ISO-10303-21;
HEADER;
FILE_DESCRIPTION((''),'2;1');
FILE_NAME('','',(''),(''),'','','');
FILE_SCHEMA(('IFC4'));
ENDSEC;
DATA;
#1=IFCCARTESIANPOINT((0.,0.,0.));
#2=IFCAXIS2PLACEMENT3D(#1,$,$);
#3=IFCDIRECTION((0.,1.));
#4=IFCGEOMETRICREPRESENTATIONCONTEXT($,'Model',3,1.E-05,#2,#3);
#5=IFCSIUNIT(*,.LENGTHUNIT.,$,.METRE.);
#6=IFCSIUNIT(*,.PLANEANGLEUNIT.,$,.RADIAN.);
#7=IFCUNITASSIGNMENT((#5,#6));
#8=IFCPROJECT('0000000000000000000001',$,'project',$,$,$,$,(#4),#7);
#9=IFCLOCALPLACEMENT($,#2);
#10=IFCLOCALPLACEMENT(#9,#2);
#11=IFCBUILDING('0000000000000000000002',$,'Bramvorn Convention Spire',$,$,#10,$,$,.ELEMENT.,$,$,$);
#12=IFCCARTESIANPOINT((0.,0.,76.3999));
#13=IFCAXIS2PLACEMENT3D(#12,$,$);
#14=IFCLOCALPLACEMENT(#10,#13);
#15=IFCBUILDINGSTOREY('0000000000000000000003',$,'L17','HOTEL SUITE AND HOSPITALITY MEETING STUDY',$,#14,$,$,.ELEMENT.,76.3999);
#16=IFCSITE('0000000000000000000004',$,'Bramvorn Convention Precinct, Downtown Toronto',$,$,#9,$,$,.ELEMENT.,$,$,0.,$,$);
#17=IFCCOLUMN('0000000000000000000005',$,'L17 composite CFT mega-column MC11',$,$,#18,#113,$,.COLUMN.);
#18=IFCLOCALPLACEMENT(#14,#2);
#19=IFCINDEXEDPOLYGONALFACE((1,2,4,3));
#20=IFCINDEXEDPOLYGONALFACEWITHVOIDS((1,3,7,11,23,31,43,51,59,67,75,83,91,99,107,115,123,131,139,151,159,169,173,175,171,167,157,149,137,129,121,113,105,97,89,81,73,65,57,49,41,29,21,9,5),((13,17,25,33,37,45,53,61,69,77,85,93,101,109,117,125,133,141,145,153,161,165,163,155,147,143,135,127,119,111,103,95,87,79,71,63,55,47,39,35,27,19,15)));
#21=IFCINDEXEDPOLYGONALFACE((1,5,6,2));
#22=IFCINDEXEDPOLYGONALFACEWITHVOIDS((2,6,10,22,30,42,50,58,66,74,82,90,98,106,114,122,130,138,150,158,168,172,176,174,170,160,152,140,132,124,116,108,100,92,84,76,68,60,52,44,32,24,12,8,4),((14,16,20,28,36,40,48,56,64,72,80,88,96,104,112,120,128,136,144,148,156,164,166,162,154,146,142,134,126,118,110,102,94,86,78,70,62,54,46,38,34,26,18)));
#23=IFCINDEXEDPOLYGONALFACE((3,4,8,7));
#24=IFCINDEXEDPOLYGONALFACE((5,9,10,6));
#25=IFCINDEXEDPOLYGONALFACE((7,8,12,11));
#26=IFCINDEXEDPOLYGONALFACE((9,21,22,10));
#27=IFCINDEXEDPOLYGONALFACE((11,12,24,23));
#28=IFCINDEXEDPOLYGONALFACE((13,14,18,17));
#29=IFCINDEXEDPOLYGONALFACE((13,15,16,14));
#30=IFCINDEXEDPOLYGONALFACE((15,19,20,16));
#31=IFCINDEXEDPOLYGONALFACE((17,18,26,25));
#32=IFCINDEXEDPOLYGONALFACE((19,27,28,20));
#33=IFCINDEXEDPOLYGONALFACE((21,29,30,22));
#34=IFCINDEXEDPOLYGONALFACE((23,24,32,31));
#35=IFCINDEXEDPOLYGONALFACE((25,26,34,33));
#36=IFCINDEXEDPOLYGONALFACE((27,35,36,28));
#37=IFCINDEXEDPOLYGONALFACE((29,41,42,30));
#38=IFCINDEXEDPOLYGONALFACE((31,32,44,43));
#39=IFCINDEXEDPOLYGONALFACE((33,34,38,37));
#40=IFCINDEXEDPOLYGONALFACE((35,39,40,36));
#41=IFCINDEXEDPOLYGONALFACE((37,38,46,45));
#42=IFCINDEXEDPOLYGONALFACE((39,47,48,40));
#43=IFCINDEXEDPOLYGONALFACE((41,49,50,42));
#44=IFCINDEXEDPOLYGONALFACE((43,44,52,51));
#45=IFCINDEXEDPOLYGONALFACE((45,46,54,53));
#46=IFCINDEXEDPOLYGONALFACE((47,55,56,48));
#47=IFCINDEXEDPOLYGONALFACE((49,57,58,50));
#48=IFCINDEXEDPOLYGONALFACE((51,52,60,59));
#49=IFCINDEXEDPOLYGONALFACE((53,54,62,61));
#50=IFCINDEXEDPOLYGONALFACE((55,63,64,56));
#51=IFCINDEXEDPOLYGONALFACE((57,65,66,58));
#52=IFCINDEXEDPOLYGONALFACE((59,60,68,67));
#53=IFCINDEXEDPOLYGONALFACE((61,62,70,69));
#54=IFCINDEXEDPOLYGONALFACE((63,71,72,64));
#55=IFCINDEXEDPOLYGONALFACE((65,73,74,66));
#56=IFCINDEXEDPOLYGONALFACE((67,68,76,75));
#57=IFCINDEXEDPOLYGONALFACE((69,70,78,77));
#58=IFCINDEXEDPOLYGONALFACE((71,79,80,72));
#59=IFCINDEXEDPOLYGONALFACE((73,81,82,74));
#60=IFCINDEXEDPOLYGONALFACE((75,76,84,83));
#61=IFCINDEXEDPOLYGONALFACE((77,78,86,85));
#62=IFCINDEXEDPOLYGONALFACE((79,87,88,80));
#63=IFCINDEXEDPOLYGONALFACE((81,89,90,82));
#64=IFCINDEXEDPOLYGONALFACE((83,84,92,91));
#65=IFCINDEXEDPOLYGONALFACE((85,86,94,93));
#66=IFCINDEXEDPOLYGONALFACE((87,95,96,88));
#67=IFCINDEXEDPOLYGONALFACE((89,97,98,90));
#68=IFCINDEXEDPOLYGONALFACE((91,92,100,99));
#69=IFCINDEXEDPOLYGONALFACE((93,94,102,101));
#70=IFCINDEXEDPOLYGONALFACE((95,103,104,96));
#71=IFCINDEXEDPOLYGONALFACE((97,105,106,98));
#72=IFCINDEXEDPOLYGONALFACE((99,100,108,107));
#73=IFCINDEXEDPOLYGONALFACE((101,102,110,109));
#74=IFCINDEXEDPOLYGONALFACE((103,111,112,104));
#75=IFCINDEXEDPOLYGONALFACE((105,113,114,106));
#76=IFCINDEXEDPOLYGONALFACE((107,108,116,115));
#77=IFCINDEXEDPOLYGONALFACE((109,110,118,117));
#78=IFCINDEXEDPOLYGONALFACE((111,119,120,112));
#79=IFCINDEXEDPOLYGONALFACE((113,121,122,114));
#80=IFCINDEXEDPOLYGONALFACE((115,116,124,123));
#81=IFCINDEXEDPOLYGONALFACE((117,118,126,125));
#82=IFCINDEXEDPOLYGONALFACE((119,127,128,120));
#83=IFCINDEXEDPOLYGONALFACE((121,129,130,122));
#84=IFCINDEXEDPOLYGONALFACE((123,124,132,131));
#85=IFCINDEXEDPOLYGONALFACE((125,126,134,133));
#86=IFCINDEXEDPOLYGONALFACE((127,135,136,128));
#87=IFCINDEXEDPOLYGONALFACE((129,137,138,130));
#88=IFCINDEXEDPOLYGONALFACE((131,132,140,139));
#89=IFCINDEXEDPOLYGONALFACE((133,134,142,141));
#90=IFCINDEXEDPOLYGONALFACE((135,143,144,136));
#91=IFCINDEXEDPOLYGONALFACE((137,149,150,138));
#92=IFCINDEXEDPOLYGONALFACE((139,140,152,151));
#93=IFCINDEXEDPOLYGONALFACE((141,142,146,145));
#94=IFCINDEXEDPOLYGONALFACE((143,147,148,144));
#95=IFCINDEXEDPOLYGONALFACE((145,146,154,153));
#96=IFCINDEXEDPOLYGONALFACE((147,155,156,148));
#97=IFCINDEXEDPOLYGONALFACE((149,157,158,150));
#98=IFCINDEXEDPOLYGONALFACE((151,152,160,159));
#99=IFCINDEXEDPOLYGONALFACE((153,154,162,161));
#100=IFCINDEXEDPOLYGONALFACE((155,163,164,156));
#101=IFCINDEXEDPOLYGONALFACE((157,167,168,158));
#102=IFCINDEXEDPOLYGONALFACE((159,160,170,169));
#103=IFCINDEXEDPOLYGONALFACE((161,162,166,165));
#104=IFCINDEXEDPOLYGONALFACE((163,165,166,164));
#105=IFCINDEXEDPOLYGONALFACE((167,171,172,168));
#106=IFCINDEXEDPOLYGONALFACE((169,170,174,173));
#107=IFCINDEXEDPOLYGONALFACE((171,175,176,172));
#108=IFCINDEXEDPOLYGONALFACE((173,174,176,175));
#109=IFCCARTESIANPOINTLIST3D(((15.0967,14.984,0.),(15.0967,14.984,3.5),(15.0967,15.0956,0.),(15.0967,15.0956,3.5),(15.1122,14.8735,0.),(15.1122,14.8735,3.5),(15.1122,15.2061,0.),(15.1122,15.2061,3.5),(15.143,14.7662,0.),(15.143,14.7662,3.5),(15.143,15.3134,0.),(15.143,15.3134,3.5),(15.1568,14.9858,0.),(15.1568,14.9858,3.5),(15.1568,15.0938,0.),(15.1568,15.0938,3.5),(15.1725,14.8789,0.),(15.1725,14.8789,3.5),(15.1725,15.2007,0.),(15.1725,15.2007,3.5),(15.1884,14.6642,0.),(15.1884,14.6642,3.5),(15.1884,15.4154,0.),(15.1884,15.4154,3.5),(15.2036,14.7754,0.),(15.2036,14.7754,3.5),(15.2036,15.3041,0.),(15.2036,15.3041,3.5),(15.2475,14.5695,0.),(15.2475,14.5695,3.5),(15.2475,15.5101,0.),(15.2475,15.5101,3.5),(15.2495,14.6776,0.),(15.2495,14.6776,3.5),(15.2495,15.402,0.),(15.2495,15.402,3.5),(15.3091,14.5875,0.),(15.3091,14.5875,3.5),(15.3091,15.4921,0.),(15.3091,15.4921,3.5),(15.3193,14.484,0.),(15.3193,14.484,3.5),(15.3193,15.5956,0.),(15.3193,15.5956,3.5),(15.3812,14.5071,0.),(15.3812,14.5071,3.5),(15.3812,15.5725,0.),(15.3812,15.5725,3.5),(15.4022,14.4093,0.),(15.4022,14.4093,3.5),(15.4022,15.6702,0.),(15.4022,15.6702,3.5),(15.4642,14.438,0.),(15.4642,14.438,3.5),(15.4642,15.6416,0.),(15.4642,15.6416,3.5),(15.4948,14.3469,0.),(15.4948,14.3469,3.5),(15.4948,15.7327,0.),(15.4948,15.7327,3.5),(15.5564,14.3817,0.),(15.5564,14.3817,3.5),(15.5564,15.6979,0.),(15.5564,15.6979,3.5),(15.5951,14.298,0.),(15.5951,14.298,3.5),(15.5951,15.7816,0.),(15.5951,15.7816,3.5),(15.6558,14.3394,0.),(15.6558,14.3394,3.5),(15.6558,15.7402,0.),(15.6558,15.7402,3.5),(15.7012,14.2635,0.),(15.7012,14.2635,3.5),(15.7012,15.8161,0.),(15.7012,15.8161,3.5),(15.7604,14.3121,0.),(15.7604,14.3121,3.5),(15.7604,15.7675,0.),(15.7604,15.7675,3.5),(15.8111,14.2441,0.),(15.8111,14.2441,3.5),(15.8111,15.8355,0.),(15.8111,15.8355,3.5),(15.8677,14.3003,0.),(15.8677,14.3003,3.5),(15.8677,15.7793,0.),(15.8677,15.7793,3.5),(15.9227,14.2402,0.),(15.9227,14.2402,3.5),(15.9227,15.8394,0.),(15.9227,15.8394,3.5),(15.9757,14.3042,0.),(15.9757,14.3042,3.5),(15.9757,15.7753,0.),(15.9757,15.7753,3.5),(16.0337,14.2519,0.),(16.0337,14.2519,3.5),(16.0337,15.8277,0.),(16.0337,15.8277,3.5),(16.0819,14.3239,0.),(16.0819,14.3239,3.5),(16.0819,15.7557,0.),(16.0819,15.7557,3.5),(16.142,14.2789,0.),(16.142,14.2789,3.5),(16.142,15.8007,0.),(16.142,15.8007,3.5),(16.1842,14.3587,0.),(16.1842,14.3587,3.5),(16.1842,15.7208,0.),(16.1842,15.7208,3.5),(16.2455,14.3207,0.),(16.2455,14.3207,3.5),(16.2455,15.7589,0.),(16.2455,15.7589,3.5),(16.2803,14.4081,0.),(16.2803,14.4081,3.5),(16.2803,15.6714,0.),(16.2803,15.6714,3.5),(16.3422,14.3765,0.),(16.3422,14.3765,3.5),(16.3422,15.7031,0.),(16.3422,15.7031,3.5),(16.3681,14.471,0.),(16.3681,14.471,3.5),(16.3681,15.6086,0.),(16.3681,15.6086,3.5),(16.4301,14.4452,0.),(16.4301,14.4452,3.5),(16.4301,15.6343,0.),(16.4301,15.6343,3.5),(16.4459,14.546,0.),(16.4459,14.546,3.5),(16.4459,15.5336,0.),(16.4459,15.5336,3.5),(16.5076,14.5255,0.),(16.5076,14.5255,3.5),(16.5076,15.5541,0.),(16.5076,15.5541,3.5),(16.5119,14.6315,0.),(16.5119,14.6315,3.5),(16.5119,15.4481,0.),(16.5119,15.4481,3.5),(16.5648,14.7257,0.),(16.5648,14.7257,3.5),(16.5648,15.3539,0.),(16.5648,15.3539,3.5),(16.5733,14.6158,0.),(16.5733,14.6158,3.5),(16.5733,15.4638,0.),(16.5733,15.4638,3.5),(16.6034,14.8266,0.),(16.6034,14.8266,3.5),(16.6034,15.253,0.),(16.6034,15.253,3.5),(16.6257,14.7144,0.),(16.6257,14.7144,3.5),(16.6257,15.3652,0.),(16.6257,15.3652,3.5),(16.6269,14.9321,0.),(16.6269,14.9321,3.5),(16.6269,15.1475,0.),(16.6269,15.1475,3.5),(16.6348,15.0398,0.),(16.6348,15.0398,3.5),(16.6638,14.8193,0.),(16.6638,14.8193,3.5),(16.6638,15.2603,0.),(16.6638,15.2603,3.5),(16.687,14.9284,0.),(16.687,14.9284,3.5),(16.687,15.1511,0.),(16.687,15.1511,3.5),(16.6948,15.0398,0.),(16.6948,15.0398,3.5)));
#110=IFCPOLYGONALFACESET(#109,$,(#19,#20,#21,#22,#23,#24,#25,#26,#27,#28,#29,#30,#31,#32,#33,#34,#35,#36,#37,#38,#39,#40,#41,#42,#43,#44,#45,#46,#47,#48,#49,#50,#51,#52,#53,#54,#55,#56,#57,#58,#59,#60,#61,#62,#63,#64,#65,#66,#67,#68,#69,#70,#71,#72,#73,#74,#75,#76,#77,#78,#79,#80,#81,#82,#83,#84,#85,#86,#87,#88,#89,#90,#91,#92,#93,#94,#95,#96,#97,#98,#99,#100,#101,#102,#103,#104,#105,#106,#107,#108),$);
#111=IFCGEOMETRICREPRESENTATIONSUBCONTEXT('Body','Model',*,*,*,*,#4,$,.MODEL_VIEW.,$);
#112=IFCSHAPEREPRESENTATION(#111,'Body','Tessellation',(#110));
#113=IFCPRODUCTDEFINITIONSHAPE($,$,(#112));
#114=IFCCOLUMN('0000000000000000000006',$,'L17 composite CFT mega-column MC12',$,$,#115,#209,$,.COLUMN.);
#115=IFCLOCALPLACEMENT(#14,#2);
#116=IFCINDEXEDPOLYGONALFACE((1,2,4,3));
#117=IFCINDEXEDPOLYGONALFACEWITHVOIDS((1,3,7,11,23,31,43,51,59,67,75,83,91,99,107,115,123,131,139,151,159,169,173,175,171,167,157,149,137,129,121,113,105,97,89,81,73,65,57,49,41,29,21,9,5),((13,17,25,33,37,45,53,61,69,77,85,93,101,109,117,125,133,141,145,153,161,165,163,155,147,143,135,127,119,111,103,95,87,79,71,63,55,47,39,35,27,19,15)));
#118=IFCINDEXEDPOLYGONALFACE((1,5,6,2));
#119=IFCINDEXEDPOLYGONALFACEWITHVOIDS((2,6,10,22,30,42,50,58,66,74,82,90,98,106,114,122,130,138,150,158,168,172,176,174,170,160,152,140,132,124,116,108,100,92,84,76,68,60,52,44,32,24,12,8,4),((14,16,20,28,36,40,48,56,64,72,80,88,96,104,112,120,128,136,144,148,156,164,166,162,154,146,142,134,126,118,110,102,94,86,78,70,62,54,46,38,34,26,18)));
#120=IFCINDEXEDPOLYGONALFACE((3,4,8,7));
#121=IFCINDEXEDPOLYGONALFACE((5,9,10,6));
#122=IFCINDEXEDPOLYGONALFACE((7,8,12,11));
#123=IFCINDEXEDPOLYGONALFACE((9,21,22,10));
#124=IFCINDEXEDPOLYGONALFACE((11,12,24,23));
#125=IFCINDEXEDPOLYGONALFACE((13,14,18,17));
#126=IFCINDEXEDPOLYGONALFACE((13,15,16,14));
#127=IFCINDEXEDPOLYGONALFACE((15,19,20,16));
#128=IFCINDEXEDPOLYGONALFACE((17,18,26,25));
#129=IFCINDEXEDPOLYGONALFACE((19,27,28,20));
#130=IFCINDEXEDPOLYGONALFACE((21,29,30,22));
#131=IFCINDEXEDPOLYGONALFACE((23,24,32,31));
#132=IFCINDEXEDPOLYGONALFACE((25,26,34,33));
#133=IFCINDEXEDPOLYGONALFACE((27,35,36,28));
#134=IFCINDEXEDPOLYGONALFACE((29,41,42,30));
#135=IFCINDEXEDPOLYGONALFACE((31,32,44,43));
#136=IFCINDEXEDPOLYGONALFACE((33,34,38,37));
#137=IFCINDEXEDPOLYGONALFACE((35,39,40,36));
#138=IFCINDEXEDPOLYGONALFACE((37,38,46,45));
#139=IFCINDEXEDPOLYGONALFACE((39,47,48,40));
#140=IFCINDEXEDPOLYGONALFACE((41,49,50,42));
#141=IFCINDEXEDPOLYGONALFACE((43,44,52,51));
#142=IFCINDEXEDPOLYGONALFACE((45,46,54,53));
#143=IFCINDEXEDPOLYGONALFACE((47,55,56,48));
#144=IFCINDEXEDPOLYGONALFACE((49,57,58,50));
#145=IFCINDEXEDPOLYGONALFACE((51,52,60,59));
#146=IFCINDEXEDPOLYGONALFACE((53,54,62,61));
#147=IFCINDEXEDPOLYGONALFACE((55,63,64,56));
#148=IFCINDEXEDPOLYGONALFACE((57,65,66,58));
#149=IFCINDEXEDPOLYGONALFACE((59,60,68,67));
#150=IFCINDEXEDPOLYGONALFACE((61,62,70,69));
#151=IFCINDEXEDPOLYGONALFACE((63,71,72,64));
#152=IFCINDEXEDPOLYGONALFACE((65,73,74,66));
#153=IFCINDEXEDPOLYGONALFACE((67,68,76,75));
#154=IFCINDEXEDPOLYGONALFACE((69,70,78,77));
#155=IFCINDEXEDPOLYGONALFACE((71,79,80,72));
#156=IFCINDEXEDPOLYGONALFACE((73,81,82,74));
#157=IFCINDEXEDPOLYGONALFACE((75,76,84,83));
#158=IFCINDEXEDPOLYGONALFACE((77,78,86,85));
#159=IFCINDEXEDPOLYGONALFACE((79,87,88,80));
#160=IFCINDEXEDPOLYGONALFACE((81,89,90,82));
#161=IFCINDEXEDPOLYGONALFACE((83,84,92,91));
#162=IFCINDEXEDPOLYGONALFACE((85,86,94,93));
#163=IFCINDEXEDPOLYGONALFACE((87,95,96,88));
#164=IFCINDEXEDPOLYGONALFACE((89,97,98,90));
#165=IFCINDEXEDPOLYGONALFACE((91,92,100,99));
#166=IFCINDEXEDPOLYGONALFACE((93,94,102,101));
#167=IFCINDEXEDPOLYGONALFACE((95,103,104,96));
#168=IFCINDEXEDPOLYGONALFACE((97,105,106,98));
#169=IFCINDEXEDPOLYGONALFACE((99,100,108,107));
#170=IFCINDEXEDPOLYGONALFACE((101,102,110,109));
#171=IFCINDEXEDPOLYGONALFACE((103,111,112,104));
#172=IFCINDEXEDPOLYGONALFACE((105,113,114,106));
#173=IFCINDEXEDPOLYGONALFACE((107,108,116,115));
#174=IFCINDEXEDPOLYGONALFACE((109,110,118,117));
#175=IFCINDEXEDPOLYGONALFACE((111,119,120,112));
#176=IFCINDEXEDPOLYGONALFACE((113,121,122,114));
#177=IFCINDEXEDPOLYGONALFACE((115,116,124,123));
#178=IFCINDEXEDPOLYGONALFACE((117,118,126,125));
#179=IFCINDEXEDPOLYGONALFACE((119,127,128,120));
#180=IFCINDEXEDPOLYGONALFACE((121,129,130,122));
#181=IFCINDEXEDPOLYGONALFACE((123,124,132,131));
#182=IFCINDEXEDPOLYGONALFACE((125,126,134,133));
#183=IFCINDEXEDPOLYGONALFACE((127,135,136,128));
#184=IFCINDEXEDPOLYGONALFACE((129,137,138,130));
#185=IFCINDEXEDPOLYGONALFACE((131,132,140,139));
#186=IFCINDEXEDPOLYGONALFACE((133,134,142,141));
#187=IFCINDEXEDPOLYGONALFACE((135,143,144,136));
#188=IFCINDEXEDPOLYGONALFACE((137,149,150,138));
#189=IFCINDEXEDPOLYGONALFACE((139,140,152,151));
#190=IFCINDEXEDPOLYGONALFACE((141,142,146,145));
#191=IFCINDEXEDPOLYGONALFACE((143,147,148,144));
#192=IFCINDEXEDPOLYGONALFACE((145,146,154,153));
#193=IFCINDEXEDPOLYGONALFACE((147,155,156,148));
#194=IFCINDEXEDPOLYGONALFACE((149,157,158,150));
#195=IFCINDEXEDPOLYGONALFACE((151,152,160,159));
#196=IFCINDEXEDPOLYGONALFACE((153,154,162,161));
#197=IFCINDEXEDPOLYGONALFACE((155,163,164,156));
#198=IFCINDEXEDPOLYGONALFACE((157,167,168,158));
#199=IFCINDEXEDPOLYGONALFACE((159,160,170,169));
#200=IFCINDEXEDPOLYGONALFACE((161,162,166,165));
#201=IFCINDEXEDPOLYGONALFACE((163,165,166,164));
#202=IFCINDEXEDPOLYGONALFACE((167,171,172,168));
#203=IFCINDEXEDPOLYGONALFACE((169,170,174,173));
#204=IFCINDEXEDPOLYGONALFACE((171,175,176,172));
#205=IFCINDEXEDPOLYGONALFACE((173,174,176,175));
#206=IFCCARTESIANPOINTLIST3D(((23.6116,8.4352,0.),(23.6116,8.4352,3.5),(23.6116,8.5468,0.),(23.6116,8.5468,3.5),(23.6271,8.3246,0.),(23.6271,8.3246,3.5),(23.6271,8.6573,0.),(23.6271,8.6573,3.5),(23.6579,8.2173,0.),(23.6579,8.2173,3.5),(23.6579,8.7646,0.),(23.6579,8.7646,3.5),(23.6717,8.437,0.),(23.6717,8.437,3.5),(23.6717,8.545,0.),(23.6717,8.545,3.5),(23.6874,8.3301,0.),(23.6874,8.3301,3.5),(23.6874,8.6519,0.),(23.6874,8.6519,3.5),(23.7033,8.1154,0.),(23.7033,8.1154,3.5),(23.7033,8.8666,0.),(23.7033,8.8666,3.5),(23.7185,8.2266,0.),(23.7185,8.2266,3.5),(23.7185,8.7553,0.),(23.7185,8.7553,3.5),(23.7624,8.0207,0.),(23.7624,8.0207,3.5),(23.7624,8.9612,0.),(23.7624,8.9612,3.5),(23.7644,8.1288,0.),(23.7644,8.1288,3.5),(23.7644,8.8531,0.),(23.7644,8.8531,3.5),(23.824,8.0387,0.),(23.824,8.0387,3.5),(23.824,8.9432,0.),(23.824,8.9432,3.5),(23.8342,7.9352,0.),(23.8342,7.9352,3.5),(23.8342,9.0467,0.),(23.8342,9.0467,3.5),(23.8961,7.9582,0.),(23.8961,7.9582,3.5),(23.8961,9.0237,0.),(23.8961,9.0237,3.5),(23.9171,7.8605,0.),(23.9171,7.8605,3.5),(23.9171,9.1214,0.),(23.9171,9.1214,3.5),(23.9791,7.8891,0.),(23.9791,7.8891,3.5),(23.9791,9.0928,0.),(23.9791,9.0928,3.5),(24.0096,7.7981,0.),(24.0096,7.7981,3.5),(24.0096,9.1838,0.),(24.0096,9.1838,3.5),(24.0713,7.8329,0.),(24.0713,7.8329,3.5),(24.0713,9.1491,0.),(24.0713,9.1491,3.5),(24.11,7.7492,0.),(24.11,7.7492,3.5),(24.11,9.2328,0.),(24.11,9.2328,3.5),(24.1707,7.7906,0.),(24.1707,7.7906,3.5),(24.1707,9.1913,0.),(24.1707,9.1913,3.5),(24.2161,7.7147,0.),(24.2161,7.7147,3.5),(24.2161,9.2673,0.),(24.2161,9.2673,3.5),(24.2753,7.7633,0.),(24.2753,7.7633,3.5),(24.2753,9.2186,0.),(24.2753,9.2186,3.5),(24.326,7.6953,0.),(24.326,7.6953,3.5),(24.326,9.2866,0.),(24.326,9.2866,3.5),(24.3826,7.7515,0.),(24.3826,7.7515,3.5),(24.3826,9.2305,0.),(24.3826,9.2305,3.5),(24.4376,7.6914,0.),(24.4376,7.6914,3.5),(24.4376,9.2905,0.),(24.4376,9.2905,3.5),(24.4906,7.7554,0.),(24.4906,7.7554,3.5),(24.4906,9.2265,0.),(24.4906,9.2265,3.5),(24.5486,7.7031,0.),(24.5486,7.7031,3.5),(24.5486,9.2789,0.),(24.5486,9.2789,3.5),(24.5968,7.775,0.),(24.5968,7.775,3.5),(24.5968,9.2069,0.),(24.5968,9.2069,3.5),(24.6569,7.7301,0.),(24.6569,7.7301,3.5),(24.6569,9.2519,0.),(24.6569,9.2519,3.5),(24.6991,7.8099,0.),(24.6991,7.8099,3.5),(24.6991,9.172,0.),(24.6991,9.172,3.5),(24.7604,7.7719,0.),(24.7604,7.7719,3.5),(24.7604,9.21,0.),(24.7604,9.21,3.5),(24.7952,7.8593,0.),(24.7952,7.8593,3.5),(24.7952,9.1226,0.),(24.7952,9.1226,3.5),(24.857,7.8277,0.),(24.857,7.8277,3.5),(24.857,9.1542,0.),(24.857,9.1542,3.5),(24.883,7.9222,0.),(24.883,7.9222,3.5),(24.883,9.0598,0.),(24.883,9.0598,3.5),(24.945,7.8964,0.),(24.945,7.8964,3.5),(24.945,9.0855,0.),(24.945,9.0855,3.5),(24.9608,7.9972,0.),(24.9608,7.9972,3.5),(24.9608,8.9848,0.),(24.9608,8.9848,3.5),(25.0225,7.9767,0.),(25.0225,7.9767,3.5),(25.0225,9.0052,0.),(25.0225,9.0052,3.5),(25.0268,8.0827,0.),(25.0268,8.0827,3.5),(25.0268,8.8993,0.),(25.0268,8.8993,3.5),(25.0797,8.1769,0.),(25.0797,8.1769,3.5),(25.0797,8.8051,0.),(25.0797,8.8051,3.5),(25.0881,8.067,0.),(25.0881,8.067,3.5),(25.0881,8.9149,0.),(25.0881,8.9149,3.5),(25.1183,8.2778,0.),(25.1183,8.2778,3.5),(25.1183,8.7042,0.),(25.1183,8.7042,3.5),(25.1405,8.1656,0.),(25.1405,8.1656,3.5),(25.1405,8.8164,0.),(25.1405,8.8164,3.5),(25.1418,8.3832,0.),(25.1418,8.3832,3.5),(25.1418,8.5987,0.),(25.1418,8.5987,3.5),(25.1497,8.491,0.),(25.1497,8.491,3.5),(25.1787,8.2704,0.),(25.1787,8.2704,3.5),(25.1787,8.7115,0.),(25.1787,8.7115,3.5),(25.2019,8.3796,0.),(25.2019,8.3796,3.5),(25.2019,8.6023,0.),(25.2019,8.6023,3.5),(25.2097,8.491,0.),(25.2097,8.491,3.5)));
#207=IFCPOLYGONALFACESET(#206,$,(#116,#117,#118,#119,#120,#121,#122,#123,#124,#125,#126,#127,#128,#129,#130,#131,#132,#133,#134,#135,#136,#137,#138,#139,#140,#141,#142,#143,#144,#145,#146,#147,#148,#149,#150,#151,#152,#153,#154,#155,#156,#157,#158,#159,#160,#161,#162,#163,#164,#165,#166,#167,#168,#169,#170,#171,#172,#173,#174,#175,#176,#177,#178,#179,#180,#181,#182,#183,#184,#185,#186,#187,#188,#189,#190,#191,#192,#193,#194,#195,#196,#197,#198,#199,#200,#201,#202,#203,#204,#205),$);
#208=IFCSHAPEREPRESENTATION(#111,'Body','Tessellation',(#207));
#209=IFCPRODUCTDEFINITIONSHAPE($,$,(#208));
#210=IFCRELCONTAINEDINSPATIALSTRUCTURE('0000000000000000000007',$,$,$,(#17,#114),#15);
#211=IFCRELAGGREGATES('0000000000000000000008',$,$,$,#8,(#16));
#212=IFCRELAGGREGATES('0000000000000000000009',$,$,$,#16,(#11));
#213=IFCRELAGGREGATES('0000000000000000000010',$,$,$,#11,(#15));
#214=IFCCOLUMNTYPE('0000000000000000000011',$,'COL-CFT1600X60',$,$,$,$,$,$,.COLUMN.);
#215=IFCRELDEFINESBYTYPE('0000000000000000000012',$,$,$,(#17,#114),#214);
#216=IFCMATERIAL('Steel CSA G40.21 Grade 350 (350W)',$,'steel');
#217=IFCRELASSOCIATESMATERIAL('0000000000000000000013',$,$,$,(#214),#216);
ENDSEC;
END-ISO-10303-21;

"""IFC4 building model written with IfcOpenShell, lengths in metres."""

from ifc_helpers import new_model, si_unit, direction, frame, origin, origin_2d, place, context, subcontext, project, spatial, hollow_circle, extrude, material, material_profile, profile_set, type_object, element, save


model = new_model("IFC4")

# Units and contexts
model_context = context("Model", 3, precision=1e-05, world=origin(), true_north=direction((0.0, 1.0)))
body_context = subcontext(model_context, "Body", "Model", "MODEL_VIEW")
ifc_project = project(units=[si_unit("LENGTHUNIT", "METRE"), si_unit("PLANEANGLEUNIT", "RADIAN")], contexts=[model_context])

# Site, building, storey
site_placement = place(None, origin())
site = spatial("IfcSite", under=ifc_project, at=site_placement, Name="Bramvorn Convention Precinct, Downtown Toronto", CompositionType="ELEMENT", RefElevation=0.0)
building_placement = place(site_placement, origin())
building = spatial("IfcBuilding", under=site, at=building_placement, Name="Bramvorn Convention Spire", CompositionType="ELEMENT")
storey_placement = place(building_placement, frame((0.0, 0.0, 76.3999)))
storey = spatial("IfcBuildingStorey", under=building, at=storey_placement, Name="L17", Description="HOTEL SUITE AND HOSPITALITY MEETING STUDY", CompositionType="ELEMENT", Elevation=76.3999)

# Columns
ifc_material_1 = material(Name="Steel CSA G40.21 Grade 350 (350W)", Category="steel")
ifc_material_profile_1 = material_profile(ifc_material_1, hollow_circle(Radius=0.8, WallThickness=0.0601, at=origin_2d()))
ifc_profile_set_1 = profile_set([ifc_material_profile_1], Name="Steel CSA G40.21 Grade 350 (350W) - CFT1600X60")
column_type = type_object("IfcColumnType", Name="COL-CFT1600X60", PredefinedType="COLUMN", material=ifc_profile_set_1)
for number, where, z_axis, x_axis, name in (
    (1, (15.8948, 15.0398, 0.0), (0.0, 0.0, 1.0), (1.0, 0.0, 0.0), "L17 composite CFT mega-column MC11"),
    (2, (24.4097, 8.491, 0.0), (0.0, 0.0, 1.0), (1.0, 0.0, 0.0), "L17 composite CFT mega-column MC12"),
):
    element("IfcColumn", number, at=place(storey_placement, frame(where, z_axis=z_axis, x_axis=x_axis)), inside=storey, type_object=column_type, Name=name, PredefinedType="COLUMN", context=body_context, shape_type="SweptSolid", body=[
        extrude(hollow_circle(Radius=0.8, WallThickness=0.0601, at=origin_2d()), origin(), (0.0, 0.0, 1.0), 3.5),
    ])

save(model, "model.ifc")
